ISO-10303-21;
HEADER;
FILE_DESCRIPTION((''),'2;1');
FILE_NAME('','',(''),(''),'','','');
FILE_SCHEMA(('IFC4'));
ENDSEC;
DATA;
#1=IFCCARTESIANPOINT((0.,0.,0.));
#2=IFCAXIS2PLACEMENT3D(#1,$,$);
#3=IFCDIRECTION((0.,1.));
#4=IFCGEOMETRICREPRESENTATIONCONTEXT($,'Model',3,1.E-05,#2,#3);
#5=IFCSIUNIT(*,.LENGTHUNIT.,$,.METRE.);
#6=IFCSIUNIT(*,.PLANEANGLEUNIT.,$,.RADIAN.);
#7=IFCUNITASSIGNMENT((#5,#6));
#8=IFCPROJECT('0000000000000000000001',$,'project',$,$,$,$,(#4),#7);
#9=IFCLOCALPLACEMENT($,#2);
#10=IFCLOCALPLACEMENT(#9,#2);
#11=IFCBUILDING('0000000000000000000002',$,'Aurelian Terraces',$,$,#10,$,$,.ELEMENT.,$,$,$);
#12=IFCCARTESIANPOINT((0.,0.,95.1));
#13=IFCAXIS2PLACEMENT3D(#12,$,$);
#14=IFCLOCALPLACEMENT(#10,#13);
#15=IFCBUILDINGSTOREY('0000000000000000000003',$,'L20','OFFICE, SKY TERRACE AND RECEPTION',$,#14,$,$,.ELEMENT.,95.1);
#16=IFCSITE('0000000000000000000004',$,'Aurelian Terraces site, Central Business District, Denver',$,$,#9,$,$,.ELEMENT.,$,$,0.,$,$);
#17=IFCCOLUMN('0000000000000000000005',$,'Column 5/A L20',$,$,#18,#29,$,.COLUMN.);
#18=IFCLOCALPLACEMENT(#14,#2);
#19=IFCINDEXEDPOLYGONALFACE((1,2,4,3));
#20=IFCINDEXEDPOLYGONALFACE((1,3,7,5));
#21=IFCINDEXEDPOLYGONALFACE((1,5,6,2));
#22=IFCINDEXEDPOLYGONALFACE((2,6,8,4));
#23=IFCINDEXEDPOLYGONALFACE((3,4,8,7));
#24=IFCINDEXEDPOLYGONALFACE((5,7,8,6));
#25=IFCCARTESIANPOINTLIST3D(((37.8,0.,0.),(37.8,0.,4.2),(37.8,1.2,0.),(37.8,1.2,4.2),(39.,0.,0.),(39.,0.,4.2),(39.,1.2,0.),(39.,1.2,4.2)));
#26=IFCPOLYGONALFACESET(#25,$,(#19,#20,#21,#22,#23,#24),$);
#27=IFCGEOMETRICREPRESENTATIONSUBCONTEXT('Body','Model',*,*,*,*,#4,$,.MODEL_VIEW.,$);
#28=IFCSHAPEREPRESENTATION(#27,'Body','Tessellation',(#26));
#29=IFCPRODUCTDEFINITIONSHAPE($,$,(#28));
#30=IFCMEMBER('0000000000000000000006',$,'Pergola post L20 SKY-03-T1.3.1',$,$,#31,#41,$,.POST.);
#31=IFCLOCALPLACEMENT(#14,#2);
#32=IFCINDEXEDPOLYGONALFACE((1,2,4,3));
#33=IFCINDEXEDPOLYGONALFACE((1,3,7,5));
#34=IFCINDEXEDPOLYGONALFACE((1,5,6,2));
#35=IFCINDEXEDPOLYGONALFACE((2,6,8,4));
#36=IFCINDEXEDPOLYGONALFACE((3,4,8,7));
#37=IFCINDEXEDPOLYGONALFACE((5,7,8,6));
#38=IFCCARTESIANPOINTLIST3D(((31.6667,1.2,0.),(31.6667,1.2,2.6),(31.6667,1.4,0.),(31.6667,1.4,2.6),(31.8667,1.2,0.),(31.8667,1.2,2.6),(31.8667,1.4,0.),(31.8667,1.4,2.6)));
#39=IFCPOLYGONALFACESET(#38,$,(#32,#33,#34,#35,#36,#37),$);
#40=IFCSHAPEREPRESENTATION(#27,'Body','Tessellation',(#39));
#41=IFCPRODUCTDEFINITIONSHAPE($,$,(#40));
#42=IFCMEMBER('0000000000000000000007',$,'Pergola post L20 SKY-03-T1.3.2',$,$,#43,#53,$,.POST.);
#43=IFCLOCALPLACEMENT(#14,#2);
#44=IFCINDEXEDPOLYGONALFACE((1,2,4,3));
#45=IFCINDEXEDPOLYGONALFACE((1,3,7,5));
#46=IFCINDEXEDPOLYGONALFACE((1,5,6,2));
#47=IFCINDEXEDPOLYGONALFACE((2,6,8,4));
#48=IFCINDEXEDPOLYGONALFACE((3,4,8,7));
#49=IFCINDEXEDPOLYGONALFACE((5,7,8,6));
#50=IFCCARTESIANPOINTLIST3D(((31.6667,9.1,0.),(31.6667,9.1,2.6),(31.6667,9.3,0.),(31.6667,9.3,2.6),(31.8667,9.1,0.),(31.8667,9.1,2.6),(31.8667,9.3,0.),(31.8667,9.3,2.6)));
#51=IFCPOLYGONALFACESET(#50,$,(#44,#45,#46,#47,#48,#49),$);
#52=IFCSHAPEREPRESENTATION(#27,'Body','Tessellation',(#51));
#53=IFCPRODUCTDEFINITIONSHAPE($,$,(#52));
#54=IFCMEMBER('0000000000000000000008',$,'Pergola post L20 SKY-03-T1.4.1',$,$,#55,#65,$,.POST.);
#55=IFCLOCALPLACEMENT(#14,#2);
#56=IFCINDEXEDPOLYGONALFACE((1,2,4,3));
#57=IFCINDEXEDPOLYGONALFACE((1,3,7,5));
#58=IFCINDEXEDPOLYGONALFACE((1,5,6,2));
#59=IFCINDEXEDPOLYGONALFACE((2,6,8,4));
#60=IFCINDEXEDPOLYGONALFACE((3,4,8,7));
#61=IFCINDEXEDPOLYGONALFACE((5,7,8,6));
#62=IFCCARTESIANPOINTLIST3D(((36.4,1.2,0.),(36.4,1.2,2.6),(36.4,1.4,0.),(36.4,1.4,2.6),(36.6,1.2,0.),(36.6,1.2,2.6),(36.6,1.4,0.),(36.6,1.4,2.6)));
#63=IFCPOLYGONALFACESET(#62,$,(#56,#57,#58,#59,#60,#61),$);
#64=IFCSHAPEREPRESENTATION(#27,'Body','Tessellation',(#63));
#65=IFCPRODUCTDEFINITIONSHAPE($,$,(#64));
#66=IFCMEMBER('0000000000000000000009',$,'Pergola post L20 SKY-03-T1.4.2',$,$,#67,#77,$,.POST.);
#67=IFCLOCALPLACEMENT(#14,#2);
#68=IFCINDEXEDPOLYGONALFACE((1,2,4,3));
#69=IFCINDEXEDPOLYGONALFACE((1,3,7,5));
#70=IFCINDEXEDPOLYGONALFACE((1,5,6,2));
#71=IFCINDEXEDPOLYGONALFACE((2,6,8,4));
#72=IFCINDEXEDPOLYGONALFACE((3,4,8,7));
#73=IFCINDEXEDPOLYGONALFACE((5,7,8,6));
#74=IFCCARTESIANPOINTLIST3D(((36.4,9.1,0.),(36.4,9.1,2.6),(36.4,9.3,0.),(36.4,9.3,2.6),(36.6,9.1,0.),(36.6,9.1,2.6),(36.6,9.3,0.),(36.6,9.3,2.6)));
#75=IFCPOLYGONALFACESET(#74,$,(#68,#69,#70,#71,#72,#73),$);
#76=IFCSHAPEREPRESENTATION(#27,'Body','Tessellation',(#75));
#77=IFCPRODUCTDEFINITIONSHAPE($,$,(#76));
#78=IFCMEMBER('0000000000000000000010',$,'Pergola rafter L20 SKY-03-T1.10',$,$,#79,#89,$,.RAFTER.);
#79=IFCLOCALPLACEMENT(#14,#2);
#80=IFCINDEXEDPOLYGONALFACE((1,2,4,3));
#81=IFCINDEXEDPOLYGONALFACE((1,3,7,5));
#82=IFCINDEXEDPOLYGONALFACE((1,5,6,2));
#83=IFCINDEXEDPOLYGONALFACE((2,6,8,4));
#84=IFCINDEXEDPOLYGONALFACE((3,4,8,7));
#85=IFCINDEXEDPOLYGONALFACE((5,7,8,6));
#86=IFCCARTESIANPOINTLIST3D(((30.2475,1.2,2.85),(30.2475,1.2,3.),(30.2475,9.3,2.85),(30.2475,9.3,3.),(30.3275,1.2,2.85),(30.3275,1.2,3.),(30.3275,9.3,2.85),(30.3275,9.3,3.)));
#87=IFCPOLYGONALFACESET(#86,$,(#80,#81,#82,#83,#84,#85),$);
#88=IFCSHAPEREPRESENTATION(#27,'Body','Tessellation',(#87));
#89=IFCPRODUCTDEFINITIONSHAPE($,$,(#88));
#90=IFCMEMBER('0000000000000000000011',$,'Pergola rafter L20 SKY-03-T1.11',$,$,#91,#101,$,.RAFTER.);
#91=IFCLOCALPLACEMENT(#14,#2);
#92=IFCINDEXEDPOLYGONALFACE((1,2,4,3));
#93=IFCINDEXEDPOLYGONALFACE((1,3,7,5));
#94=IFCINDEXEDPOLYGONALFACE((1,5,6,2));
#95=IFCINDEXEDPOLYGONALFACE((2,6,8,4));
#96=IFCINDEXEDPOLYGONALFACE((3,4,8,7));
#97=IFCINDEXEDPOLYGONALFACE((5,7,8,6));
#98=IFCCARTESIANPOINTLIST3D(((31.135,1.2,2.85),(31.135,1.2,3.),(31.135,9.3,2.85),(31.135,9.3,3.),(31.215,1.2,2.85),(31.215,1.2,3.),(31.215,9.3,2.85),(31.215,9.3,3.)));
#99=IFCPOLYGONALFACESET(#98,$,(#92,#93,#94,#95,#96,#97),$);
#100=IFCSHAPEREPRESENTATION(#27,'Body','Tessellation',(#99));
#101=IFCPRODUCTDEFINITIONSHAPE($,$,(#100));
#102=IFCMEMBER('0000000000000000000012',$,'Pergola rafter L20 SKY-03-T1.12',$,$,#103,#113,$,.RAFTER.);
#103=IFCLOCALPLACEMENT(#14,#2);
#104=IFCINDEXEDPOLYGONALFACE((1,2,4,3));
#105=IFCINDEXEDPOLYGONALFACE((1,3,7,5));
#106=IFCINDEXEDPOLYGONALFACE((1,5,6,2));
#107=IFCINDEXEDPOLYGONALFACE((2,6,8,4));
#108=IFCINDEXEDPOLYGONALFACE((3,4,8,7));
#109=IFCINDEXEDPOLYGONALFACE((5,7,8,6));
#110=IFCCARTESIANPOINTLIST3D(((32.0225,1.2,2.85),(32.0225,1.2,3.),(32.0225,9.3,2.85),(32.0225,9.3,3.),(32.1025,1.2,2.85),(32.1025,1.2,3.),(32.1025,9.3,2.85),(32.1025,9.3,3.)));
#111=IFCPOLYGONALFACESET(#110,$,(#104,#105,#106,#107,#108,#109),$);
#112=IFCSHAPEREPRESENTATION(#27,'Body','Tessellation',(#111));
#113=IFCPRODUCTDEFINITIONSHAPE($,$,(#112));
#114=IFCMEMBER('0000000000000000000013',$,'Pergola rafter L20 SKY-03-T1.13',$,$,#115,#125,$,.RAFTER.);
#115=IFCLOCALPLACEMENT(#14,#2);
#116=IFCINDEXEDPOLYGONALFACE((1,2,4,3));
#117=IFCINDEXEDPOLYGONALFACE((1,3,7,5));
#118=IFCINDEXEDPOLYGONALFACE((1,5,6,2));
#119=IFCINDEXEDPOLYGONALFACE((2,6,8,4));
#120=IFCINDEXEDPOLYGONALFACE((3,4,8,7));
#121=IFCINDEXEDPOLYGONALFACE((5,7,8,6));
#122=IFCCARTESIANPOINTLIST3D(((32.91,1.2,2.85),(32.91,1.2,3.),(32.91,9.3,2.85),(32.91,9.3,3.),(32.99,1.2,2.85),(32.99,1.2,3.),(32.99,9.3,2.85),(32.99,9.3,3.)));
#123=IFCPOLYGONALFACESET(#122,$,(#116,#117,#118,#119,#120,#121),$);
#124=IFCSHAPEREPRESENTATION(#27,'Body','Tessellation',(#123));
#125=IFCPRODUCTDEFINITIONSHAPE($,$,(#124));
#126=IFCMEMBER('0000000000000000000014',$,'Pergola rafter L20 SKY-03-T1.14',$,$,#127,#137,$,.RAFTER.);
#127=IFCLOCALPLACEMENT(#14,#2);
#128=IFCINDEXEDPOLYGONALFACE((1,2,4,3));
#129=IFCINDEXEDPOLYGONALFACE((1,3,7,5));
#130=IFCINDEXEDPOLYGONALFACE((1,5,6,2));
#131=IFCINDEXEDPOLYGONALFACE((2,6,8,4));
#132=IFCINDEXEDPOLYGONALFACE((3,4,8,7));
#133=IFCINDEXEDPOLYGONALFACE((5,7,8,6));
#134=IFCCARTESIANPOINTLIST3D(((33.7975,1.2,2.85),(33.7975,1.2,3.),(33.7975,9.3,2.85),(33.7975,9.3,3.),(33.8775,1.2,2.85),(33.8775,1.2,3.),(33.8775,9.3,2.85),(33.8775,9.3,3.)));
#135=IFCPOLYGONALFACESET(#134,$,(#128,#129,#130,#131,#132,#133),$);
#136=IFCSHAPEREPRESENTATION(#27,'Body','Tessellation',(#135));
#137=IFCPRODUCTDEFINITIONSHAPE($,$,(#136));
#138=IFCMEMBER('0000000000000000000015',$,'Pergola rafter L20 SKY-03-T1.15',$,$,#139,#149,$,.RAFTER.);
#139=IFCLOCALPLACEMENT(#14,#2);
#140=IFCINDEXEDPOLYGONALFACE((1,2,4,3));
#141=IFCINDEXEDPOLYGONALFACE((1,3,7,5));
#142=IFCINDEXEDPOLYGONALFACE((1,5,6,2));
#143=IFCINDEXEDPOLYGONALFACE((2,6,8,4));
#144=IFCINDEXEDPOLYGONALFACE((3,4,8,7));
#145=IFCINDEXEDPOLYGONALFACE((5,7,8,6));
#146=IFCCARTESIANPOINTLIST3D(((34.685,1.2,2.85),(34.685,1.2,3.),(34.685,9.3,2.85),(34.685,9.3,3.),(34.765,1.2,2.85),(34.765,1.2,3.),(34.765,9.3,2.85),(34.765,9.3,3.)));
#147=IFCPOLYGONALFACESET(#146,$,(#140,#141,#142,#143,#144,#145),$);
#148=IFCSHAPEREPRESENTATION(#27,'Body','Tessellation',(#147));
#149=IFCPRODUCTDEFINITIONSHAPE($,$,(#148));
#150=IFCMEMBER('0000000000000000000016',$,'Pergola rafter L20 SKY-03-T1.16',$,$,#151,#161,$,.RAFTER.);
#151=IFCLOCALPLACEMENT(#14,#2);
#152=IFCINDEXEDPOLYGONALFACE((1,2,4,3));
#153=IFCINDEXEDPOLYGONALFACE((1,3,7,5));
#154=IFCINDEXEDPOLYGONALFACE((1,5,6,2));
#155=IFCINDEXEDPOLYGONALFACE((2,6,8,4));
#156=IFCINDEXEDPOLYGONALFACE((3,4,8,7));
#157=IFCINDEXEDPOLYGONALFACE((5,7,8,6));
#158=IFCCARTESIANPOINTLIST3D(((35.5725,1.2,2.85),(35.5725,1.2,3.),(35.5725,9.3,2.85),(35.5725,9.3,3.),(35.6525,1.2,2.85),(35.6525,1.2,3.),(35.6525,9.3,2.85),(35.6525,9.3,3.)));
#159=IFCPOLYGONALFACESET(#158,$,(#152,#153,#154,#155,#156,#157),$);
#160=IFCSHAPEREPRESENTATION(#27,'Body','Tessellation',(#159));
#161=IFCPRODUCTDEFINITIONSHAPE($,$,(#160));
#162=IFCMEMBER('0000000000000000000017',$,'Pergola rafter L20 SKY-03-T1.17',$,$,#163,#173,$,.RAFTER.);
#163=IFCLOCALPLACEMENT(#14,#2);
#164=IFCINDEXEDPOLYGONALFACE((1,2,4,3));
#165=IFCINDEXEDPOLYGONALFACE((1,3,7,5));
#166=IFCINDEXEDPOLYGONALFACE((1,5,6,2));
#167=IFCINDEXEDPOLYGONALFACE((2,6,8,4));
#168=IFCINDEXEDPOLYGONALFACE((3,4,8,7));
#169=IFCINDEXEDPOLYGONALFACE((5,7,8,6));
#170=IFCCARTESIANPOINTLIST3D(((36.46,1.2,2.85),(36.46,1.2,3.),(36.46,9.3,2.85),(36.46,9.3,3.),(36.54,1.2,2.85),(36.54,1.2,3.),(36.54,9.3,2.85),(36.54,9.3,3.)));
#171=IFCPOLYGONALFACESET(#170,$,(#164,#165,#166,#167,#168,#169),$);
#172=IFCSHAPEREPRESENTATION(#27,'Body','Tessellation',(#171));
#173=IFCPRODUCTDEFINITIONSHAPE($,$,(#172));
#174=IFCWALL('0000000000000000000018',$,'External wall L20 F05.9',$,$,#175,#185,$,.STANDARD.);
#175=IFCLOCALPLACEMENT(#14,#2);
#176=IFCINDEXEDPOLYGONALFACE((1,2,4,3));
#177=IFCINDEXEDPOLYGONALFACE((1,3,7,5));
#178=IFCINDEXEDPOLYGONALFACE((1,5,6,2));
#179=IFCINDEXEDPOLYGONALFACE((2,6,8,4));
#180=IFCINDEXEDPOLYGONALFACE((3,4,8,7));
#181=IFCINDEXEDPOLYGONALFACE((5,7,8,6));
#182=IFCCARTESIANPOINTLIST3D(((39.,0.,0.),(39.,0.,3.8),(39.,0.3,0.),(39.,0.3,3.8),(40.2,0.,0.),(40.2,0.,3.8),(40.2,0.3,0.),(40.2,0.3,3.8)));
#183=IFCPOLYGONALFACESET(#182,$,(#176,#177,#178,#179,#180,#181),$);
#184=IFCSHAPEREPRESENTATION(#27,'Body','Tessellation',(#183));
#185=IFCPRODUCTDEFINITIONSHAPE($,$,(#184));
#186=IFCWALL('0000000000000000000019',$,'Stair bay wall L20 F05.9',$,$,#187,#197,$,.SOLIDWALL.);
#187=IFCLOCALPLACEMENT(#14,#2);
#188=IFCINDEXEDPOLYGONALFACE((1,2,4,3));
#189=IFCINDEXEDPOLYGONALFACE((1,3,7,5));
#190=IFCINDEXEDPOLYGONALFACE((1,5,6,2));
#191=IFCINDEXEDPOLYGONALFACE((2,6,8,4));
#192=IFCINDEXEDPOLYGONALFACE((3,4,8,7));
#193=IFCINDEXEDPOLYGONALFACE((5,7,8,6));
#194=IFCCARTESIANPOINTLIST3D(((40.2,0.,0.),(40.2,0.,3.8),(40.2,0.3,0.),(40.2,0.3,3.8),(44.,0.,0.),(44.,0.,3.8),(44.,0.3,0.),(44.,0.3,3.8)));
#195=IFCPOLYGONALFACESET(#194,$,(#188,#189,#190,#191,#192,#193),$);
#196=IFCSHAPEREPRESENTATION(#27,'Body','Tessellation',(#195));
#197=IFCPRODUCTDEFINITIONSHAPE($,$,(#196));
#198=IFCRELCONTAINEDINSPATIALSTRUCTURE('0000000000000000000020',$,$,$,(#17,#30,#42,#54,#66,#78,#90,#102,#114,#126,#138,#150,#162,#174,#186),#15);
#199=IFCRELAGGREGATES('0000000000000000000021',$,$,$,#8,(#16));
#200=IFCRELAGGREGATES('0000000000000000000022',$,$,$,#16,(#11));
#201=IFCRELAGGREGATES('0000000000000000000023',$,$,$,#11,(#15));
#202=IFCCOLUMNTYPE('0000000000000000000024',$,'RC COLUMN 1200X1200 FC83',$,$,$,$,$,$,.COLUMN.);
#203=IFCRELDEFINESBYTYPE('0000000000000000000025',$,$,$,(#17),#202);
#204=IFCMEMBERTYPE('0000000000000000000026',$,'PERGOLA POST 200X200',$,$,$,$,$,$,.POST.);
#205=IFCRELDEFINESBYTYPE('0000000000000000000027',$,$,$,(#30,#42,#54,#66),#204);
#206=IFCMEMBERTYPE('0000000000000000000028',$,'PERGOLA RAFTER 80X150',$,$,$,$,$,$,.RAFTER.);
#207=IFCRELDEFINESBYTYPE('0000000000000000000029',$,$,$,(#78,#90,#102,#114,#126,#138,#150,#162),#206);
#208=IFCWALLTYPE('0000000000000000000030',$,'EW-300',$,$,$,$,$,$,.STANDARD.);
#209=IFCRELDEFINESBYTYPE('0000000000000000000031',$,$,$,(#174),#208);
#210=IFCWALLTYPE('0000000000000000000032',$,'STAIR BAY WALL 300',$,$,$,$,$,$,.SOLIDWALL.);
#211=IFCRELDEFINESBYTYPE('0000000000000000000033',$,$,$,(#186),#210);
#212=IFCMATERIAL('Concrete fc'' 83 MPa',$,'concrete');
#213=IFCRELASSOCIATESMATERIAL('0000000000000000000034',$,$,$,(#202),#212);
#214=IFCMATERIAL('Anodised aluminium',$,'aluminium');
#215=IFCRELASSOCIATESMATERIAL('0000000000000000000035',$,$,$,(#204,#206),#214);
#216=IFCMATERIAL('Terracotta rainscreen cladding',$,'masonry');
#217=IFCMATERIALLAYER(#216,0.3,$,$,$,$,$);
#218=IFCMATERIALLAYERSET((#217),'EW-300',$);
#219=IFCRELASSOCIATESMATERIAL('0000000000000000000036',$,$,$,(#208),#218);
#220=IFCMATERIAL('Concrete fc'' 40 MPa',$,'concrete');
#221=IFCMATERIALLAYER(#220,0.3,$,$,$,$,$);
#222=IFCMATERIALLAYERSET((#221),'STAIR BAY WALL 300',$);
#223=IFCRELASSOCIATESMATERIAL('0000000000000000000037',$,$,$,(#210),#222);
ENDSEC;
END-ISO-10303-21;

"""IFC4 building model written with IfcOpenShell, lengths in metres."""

from ifc_helpers import new_model, si_unit, direction, frame, frame_2d, origin, origin_2d, place, context, subcontext, project, spatial, rectangle, extrude, source, transform, mapped, material, layer, layer_set, material_profile, profile_set, type_object, element, save


model = new_model("IFC4")

# Units and contexts
model_context = context("Model", 3, precision=1e-05, world=origin(), true_north=direction((0.0, 1.0)))
body_context = subcontext(model_context, "Body", "Model", "MODEL_VIEW")
ifc_project = project(units=[si_unit("LENGTHUNIT", "METRE"), si_unit("PLANEANGLEUNIT", "RADIAN")], contexts=[model_context])

# Site, building, storey
site_placement = place(None, origin())
site = spatial("IfcSite", under=ifc_project, at=site_placement, Name="Aurelian Terraces site, Central Business District, Denver", CompositionType="ELEMENT", RefElevation=0.0)
building_placement = place(site_placement, origin())
building = spatial("IfcBuilding", under=site, at=building_placement, Name="Aurelian Terraces", CompositionType="ELEMENT")
storey_placement = place(building_placement, frame((0.0, 0.0, 95.1)))
storey = spatial("IfcBuildingStorey", under=building, at=storey_placement, Name="L20", Description="OFFICE, SKY TERRACE AND RECEPTION", CompositionType="ELEMENT", Elevation=95.1)

# Column
ifc_material_1 = material(Name="Concrete fc' 83 MPa", Category="concrete")
ifc_material_profile_1 = material_profile(ifc_material_1, rectangle(XDim=1.2, YDim=1.2, at=origin_2d()))
ifc_profile_set_1 = profile_set([ifc_material_profile_1], Name="Concrete fc' 83 MPa")
column_type = type_object("IfcColumnType", Name="RC COLUMN 1200X1200 FC83", PredefinedType="COLUMN", material=ifc_profile_set_1)
shared_shape_1 = source(origin(), body_context, "Body", "SweptSolid", [
    extrude(rectangle(XDim=1.2, YDim=1.2, at=origin_2d()), origin(), (0.0, 0.0, 1.0), 4.2),
])
column_placement = place(storey_placement, frame((38.4, 0.6, 0.0), z_axis=(0.0, 0.0, 1.0), x_axis=(1.0, 0.0, 0.0)))
element("IfcColumn", 1, at=column_placement, inside=storey, type_object=column_type, Name="Column 5/A L20", PredefinedType="COLUMN", context=body_context, shape_type="MappedRepresentation", body=[
    mapped(shared_shape_1, transform((0.0, 0.0, 0.0), scale=1.0)),
])

# Members
ifc_material_2 = material(Name="Anodised aluminium", Category="aluminium")
ifc_material_profile_2 = material_profile(ifc_material_2, rectangle(XDim=0.2, YDim=0.2, at=origin_2d()))
ifc_profile_set_2 = profile_set([ifc_material_profile_2], Name="Anodised aluminium")
member_type_1 = type_object("IfcMemberType", Name="PERGOLA POST 200X200", PredefinedType="POST", material=ifc_profile_set_2)
shared_shape_2 = source(origin(), body_context, "Body", "SweptSolid", [
    extrude(rectangle(XDim=0.2, YDim=0.2, at=origin_2d()), origin(), (0.0, 0.0, 1.0), 2.6),
])
for number, where, z_axis, x_axis, name in (
    (2, (31.7667, 1.3, 0.0), (0.0, 0.0, 1.0), (1.0, 0.0, 0.0), "Pergola post L20 SKY-03-T1.3.1"),
    (3, (31.7667, 9.2, 0.0), (0.0, 0.0, 1.0), (1.0, 0.0, 0.0), "Pergola post L20 SKY-03-T1.3.2"),
    (4, (36.5, 1.3, 0.0), (0.0, 0.0, 1.0), (1.0, 0.0, 0.0), "Pergola post L20 SKY-03-T1.4.1"),
    (5, (36.5, 9.2, 0.0), (0.0, 0.0, 1.0), (1.0, 0.0, 0.0), "Pergola post L20 SKY-03-T1.4.2"),
):
    element("IfcMember", number, at=place(storey_placement, frame(where, z_axis=z_axis, x_axis=x_axis)), inside=storey, type_object=member_type_1, Name=name, PredefinedType="POST", context=body_context, shape_type="MappedRepresentation", body=[
        mapped(shared_shape_2, transform((0.0, 0.0, 0.0), scale=1.0)),
    ])
ifc_material_profile_3 = material_profile(ifc_material_2, rectangle(XDim=0.08, YDim=0.15, at=origin_2d()))
ifc_profile_set_3 = profile_set([ifc_material_profile_3], Name="Anodised aluminium")
member_type_2 = type_object("IfcMemberType", Name="PERGOLA RAFTER 80X150", PredefinedType="RAFTER", material=ifc_profile_set_3)
shared_shape_3 = source(origin(), body_context, "Body", "SweptSolid", [
    extrude(rectangle(XDim=0.08, YDim=0.15, at=origin_2d()), origin(), (0.0, 0.0, 1.0), 8.1),
])
for number, where, z_axis, x_axis, name in (
    (6, (30.2875, 1.2, 2.925), (0.0, 1.0, 0.0), (-1.0, 0.0, 0.0), "Pergola rafter L20 SKY-03-T1.10"),
    (7, (31.175, 1.2, 2.925), (0.0, 1.0, 0.0), (-1.0, 0.0, 0.0), "Pergola rafter L20 SKY-03-T1.11"),
    (8, (32.0625, 1.2, 2.925), (0.0, 1.0, 0.0), (-1.0, 0.0, 0.0), "Pergola rafter L20 SKY-03-T1.12"),
    (9, (32.95, 1.2, 2.925), (0.0, 1.0, 0.0), (-1.0, 0.0, 0.0), "Pergola rafter L20 SKY-03-T1.13"),
    (10, (33.8375, 1.2, 2.925), (0.0, 1.0, 0.0), (-1.0, 0.0, 0.0), "Pergola rafter L20 SKY-03-T1.14"),
    (11, (34.725, 1.2, 2.925), (0.0, 1.0, 0.0), (-1.0, 0.0, 0.0), "Pergola rafter L20 SKY-03-T1.15"),
    (12, (35.6125, 1.2, 2.925), (0.0, 1.0, 0.0), (-1.0, 0.0, 0.0), "Pergola rafter L20 SKY-03-T1.16"),
    (13, (36.5, 1.2, 2.925), (0.0, 1.0, 0.0), (-1.0, 0.0, 0.0), "Pergola rafter L20 SKY-03-T1.17"),
):
    element("IfcMember", number, at=place(storey_placement, frame(where, z_axis=z_axis, x_axis=x_axis)), inside=storey, type_object=member_type_2, Name=name, PredefinedType="RAFTER", context=body_context, shape_type="MappedRepresentation", body=[
        mapped(shared_shape_3, transform((0.0, 0.0, 0.0), scale=1.0)),
    ])

# Walls
ifc_material_3 = material(Name="Terracotta rainscreen cladding", Category="masonry")
ifc_layer_1 = layer(ifc_material_3, 0.3)
ifc_layer_set_1 = layer_set([ifc_layer_1], Name="EW-300")
wall_type_1 = type_object("IfcWallType", Name="EW-300", PredefinedType="STANDARD", material=ifc_layer_set_1)
shared_shape_4 = source(origin(), body_context, "Body", "SweptSolid", [
    extrude(rectangle(XDim=1.2, YDim=0.3, at=frame_2d((0.6, 0.0))), origin(), (0.0, 0.0, 1.0), 3.8),
])
wall_1_placement = place(storey_placement, frame((39.0, 0.15, 0.0), z_axis=(0.0, 0.0, 1.0), x_axis=(1.0, 0.0, 0.0)))
element("IfcWall", 14, at=wall_1_placement, inside=storey, type_object=wall_type_1, Name="External wall L20 F05.9", PredefinedType="STANDARD", context=body_context, shape_type="MappedRepresentation", body=[
    mapped(shared_shape_4, transform((0.0, 0.0, 0.0), scale=1.0)),
])
ifc_material_4 = material(Name="Concrete fc' 40 MPa", Category="concrete")
ifc_layer_2 = layer(ifc_material_4, 0.3)
ifc_layer_set_2 = layer_set([ifc_layer_2], Name="STAIR BAY WALL 300")
wall_type_2 = type_object("IfcWallType", Name="STAIR BAY WALL 300", PredefinedType="SOLIDWALL", material=ifc_layer_set_2)
shared_shape_5 = source(origin(), body_context, "Body", "SweptSolid", [
    extrude(rectangle(XDim=3.8, YDim=0.3, at=frame_2d((1.9, 0.0))), origin(), (0.0, 0.0, 1.0), 3.8),
])
wall_2_placement = place(storey_placement, frame((40.2, 0.15, 0.0), z_axis=(0.0, 0.0, 1.0), x_axis=(1.0, 0.0, 0.0)))
element("IfcWall", 15, at=wall_2_placement, inside=storey, type_object=wall_type_2, Name="Stair bay wall L20 F05.9", PredefinedType="SOLIDWALL", context=body_context, shape_type="MappedRepresentation", body=[
    mapped(shared_shape_5, transform((0.0, 0.0, 0.0), scale=1.0)),
])

save(model, "model.ifc")
